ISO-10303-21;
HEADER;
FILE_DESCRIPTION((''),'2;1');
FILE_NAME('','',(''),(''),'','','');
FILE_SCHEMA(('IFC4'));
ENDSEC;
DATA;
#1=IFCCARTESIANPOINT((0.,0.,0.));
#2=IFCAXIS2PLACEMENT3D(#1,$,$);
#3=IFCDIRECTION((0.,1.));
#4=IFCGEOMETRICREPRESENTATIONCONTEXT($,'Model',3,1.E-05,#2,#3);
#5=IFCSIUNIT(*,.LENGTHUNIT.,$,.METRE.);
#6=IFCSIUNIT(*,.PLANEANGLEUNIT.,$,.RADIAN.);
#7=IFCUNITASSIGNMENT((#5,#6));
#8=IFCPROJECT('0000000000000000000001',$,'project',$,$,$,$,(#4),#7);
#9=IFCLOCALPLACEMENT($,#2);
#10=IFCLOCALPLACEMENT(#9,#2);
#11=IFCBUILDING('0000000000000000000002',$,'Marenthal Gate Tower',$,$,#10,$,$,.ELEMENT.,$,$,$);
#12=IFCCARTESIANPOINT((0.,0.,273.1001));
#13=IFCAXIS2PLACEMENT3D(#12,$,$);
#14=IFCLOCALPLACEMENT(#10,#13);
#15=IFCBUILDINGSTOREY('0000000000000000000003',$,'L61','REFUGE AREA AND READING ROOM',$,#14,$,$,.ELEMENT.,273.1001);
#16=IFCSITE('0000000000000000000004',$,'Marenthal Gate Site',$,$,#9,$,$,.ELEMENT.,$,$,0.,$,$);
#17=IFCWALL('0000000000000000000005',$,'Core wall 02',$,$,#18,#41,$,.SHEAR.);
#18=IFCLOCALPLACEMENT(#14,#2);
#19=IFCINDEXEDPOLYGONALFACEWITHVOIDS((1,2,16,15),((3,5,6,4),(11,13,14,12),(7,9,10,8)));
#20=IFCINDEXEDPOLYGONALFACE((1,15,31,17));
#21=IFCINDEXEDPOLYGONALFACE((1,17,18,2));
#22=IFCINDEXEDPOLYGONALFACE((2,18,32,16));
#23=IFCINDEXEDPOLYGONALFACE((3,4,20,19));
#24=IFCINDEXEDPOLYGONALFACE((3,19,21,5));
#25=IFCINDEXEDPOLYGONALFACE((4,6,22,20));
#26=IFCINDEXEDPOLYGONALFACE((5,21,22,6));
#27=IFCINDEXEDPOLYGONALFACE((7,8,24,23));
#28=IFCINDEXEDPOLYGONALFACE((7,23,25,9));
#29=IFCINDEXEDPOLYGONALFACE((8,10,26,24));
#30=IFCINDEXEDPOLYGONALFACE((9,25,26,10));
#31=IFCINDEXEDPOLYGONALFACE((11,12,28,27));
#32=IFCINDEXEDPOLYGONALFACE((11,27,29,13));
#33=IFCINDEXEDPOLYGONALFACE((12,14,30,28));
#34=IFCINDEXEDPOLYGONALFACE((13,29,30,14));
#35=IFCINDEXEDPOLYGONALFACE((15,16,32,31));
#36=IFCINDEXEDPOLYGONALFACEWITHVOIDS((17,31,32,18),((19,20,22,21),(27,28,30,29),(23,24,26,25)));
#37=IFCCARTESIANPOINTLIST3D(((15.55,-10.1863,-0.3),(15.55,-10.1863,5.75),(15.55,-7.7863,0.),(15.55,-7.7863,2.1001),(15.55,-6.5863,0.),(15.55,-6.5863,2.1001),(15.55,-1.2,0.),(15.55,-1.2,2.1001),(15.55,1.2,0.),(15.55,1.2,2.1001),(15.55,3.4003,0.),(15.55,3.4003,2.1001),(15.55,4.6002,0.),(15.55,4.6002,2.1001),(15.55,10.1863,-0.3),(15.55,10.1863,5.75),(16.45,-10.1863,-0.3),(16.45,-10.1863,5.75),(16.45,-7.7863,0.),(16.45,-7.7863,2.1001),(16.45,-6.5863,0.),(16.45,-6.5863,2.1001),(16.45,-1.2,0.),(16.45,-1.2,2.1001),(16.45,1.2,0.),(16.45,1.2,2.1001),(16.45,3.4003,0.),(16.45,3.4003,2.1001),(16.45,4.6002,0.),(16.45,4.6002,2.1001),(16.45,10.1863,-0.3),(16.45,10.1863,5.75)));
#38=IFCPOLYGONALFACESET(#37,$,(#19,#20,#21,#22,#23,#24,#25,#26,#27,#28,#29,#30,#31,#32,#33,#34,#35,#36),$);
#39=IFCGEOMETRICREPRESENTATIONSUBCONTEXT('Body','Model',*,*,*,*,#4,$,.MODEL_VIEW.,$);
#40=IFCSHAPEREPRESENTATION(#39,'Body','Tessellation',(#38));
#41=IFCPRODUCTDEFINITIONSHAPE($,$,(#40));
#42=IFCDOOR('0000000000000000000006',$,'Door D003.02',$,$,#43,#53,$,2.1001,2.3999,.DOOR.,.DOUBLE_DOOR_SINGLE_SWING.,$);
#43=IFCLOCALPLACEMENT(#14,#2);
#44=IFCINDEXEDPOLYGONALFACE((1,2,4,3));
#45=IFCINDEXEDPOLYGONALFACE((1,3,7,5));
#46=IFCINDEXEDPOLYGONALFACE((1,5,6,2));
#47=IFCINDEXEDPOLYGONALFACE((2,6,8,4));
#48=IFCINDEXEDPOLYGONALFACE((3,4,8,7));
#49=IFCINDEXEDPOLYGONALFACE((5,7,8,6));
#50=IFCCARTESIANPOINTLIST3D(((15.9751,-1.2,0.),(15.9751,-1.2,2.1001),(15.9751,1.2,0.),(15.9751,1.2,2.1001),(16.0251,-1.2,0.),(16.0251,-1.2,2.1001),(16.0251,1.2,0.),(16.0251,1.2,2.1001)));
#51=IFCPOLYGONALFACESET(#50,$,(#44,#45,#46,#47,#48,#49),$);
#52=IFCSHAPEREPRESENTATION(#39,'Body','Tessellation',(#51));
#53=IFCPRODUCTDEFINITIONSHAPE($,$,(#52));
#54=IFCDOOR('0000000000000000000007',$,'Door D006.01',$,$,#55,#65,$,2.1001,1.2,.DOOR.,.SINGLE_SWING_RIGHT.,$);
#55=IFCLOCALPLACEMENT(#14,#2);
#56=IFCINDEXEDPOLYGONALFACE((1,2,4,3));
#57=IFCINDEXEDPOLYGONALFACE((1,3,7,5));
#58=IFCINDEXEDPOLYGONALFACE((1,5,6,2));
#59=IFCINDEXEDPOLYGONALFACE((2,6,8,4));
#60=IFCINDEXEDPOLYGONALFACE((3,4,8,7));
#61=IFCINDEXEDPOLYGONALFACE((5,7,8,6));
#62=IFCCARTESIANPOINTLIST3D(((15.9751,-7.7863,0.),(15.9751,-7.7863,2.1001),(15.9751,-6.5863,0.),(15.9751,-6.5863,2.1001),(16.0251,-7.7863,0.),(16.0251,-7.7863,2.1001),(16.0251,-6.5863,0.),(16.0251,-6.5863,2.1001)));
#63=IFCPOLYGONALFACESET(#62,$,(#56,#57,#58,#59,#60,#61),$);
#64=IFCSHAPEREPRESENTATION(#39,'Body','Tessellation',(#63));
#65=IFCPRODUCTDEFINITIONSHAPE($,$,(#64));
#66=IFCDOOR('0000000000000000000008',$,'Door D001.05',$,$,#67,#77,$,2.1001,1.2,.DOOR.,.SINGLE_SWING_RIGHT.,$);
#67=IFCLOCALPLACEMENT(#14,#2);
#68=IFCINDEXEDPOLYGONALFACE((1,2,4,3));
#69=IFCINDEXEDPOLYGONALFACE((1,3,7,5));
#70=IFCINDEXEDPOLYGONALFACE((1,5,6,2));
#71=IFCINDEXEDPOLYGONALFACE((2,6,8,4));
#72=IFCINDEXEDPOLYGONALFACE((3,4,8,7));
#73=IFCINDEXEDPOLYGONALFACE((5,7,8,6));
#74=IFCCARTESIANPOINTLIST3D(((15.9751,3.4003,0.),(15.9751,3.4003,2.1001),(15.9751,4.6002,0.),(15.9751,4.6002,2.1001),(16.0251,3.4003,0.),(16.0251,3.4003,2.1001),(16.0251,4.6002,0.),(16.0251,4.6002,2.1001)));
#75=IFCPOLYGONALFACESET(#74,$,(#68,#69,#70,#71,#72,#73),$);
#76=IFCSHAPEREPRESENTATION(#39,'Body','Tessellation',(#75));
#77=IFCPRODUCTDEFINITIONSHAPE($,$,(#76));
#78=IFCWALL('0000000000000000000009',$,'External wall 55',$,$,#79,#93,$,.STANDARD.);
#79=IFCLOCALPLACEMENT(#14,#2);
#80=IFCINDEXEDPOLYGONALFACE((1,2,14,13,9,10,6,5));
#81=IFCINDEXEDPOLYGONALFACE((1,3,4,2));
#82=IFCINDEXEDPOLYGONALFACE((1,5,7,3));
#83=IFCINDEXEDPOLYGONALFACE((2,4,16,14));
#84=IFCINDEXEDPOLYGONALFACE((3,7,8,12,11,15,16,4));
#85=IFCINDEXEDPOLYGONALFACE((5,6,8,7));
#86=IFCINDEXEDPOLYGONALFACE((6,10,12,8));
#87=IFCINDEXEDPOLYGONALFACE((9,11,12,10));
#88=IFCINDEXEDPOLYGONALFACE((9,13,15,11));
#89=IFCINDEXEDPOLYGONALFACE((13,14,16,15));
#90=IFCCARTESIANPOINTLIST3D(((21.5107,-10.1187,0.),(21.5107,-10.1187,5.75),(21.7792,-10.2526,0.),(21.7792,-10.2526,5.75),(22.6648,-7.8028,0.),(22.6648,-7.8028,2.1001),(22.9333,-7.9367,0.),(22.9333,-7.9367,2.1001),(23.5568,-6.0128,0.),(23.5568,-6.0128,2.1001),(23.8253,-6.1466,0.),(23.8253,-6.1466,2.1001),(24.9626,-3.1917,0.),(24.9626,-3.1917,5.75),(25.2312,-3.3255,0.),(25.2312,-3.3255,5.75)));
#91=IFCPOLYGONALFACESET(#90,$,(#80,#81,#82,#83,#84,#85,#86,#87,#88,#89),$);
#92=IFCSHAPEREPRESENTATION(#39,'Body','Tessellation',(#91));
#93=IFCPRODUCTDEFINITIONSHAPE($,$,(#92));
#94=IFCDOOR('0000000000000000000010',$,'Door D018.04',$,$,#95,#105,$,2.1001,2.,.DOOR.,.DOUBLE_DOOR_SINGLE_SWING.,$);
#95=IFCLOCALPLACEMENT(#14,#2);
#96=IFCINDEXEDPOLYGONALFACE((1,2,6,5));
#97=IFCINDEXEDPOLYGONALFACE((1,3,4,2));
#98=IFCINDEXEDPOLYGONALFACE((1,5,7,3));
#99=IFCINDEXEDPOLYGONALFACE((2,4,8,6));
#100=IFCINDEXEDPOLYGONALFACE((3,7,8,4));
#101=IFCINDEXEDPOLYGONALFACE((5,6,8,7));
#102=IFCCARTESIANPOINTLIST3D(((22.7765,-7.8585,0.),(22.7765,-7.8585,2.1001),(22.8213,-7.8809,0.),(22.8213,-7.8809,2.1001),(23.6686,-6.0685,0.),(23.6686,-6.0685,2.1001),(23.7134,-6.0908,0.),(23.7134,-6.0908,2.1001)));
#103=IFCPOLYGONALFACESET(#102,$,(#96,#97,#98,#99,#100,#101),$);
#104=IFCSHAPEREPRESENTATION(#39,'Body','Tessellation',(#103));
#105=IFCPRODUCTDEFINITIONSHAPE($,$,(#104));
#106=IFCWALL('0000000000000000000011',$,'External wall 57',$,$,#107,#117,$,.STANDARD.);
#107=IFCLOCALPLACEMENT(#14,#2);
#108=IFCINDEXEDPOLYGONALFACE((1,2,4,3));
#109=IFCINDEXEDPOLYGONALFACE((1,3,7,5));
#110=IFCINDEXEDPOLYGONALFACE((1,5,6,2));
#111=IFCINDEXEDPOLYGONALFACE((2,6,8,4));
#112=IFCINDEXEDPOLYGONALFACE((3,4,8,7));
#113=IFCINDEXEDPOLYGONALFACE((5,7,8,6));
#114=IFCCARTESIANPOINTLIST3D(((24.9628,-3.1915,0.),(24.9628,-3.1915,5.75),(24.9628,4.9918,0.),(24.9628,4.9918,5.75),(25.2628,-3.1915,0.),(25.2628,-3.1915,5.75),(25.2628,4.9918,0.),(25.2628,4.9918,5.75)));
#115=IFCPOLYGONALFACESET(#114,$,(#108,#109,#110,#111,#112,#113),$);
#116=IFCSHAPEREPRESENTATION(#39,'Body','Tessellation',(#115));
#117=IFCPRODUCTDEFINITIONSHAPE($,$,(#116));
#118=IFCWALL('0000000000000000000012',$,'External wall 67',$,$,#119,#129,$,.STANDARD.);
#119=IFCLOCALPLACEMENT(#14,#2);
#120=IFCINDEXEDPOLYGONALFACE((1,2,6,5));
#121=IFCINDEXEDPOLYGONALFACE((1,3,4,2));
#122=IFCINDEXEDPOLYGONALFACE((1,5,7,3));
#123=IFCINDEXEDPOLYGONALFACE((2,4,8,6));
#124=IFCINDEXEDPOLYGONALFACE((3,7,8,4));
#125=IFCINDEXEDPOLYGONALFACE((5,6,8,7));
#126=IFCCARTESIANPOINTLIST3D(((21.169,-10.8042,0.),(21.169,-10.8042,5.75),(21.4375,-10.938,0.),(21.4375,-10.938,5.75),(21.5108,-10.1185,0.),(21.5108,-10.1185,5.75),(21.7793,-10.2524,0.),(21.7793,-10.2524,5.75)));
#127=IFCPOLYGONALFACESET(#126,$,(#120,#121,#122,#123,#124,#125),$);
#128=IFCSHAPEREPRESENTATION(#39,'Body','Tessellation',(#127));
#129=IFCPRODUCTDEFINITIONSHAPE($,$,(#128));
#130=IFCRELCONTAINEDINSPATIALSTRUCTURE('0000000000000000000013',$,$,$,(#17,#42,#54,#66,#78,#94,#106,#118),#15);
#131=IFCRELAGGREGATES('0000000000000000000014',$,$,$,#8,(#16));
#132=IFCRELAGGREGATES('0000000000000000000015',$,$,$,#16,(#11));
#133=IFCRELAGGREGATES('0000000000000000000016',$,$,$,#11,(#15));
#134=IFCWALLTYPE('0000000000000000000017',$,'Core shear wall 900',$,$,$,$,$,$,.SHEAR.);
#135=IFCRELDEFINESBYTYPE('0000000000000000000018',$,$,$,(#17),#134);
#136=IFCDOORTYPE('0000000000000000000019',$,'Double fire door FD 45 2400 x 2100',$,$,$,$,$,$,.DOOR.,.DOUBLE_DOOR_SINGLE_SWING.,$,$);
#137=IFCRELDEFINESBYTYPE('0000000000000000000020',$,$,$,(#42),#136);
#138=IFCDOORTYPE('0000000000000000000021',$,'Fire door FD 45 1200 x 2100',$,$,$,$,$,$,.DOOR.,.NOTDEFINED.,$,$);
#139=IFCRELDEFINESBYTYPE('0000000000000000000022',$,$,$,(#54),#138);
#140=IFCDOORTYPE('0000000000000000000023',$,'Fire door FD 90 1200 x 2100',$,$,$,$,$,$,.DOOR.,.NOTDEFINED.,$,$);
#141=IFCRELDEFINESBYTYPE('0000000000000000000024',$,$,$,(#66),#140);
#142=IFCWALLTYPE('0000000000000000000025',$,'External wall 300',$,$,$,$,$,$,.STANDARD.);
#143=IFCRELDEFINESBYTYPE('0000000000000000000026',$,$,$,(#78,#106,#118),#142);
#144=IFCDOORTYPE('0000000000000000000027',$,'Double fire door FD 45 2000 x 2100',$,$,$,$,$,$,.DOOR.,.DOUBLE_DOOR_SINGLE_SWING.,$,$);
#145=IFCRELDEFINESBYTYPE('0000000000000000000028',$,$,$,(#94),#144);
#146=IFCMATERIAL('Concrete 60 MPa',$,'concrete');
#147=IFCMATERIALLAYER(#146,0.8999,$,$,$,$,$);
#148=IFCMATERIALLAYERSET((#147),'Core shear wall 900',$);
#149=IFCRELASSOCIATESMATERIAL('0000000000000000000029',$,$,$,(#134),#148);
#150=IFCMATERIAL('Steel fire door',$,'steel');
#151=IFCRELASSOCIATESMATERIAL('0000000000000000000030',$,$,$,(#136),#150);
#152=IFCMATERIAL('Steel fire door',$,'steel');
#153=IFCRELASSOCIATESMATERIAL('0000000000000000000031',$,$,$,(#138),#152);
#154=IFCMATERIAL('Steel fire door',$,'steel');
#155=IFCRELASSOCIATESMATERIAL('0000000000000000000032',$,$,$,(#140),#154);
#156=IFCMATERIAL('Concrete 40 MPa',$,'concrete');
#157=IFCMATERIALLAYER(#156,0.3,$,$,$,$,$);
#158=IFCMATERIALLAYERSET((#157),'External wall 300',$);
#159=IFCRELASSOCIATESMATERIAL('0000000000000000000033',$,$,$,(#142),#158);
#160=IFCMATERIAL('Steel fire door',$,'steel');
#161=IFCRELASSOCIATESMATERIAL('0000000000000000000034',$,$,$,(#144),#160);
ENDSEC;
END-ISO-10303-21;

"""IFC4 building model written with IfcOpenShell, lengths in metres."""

from ifc_helpers import new_model, si_unit, direction, frame, frame_2d, origin, place, context, subcontext, project, spatial, rectangle, extrude, material, layer, layer_set, type_object, element, fill, save


model = new_model("IFC4")

# Units and contexts
model_context = context("Model", 3, precision=1e-05, world=origin(), true_north=direction((0.0, 1.0)))
body_context = subcontext(model_context, "Body", "Model", "MODEL_VIEW")
ifc_project = project(units=[si_unit("LENGTHUNIT", "METRE"), si_unit("PLANEANGLEUNIT", "RADIAN")], contexts=[model_context])

# Site, building, storey
site_placement = place(None, origin())
site = spatial("IfcSite", under=ifc_project, at=site_placement, Name="Marenthal Gate Site", CompositionType="ELEMENT", RefElevation=0.0)
building_placement = place(site_placement, origin())
building = spatial("IfcBuilding", under=site, at=building_placement, Name="Marenthal Gate Tower", CompositionType="ELEMENT")
storey_placement = place(building_placement, frame((0.0, 0.0, 273.1001)))
storey = spatial("IfcBuildingStorey", under=building, at=storey_placement, Name="L61", Description="REFUGE AREA AND READING ROOM", CompositionType="ELEMENT", Elevation=273.1001)

# Wall, openings, doors
ifc_material_1 = material(Name="Concrete 60 MPa", Category="concrete")
ifc_layer_1 = layer(ifc_material_1, 0.8999)
ifc_layer_set_1 = layer_set([ifc_layer_1], Name="Core shear wall 900")
wall_type_1 = type_object("IfcWallType", Name="Core shear wall 900", PredefinedType="SHEAR", material=ifc_layer_set_1)
wall_1_placement = place(storey_placement, frame((16.0, -10.1863, -0.3), z_axis=(0.0, 0.0, 1.0), x_axis=(0.0, 1.0, 0.0)))
wall_1 = element("IfcWall", 1, at=wall_1_placement, inside=storey, type_object=wall_type_1, Name="Core wall 02", PredefinedType="SHEAR", context=body_context, shape_type="SweptSolid", body=[
    extrude(rectangle(XDim=20.3726, YDim=0.8999, at=frame_2d((10.1863, 0.0))), origin(), (0.0, 0.0, 1.0), 6.05),
])
opening_1_placement = place(wall_1_placement, frame((8.9863, 0.0, 0.3)))
opening_1 = element("IfcOpeningElement", 2, at=opening_1_placement, cuts=wall_1, PredefinedType="OPENING", context=body_context, shape_type="SweptSolid", body=[
    extrude(rectangle(XDim=2.3999, YDim=2.1001, at=frame_2d((1.2, 1.05))), frame((0.0, 0.46, 0.0), z_axis=(0.0, -1.0, 0.0), x_axis=(1.0, 0.0, 0.0)), (0.0, 0.0, 1.0), 0.9199),
])
opening_2_placement = place(wall_1_placement, frame((13.5864, 0.0, 0.3)))
opening_2 = element("IfcOpeningElement", 3, at=opening_2_placement, cuts=wall_1, PredefinedType="OPENING", context=body_context, shape_type="SweptSolid", body=[
    extrude(rectangle(XDim=1.2, YDim=2.1001, at=frame_2d((0.6001, 1.05))), frame((0.0, 0.46, 0.0), z_axis=(0.0, -1.0, 0.0), x_axis=(1.0, 0.0, 0.0)), (0.0, 0.0, 1.0), 0.9199),
])
opening_3_placement = place(wall_1_placement, frame((2.3999, 0.0, 0.3)))
opening_3 = element("IfcOpeningElement", 4, at=opening_3_placement, cuts=wall_1, PredefinedType="OPENING", context=body_context, shape_type="SweptSolid", body=[
    extrude(rectangle(XDim=1.2, YDim=2.1001, at=frame_2d((0.6001, 1.05))), frame((0.0, 0.46, 0.0), z_axis=(0.0, -1.0, 0.0), x_axis=(1.0, 0.0, 0.0)), (0.0, 0.0, 1.0), 0.9199),
])
ifc_material_2 = material(Name="Steel fire door", Category="steel")
door_type_1 = type_object("IfcDoorType", Name="Double fire door FD 45 2400 x 2100", OperationType="DOUBLE_DOOR_SINGLE_SWING", PredefinedType="DOOR", material=ifc_material_2)
door_1_placement = place(opening_1_placement, origin())
door_1 = element("IfcDoor", 5, at=door_1_placement, inside=storey, type_object=door_type_1, Name="Door D003.02", OperationType="DOUBLE_DOOR_SINGLE_SWING", OverallHeight=2.1001, OverallWidth=2.3999, PredefinedType="DOOR", context=body_context, shape_type="SweptSolid", body=[
    extrude(rectangle(XDim=2.3999, YDim=2.1001, at=frame_2d((1.2, 1.05))), frame((0.0, 0.0249, 0.0), z_axis=(0.0, -1.0, 0.0), x_axis=(1.0, 0.0, 0.0)), (0.0, 0.0, 1.0), 0.05),
])
fill(opening_1, door_1)
ifc_material_3 = material(Name="Steel fire door", Category="steel")
door_type_2 = type_object("IfcDoorType", Name="Fire door FD 45 1200 x 2100", OperationType="NOTDEFINED", PredefinedType="DOOR", material=ifc_material_3)
door_2_placement = place(opening_3_placement, origin())
door_2 = element("IfcDoor", 6, at=door_2_placement, inside=storey, type_object=door_type_2, Name="Door D006.01", OperationType="SINGLE_SWING_RIGHT", OverallHeight=2.1001, OverallWidth=1.2, PredefinedType="DOOR", context=body_context, shape_type="SweptSolid", body=[
    extrude(rectangle(XDim=1.2, YDim=2.1001, at=frame_2d((0.6001, 1.05))), frame((0.0, 0.0249, 0.0), z_axis=(0.0, -1.0, 0.0), x_axis=(1.0, 0.0, 0.0)), (0.0, 0.0, 1.0), 0.05),
])
fill(opening_3, door_2)
ifc_material_4 = material(Name="Steel fire door", Category="steel")
door_type_3 = type_object("IfcDoorType", Name="Fire door FD 90 1200 x 2100", OperationType="NOTDEFINED", PredefinedType="DOOR", material=ifc_material_4)
door_3_placement = place(opening_2_placement, origin())
door_3 = element("IfcDoor", 7, at=door_3_placement, inside=storey, type_object=door_type_3, Name="Door D001.05", OperationType="SINGLE_SWING_RIGHT", OverallHeight=2.1001, OverallWidth=1.2, PredefinedType="DOOR", context=body_context, shape_type="SweptSolid", body=[
    extrude(rectangle(XDim=1.2, YDim=2.1001, at=frame_2d((0.6001, 1.05))), frame((0.0, 0.0249, 0.0), z_axis=(0.0, -1.0, 0.0), x_axis=(1.0, 0.0, 0.0)), (0.0, 0.0, 1.0), 0.05),
])
fill(opening_2, door_3)

# Wall, opening, door
ifc_material_5 = material(Name="Concrete 40 MPa", Category="concrete")
ifc_layer_2 = layer(ifc_material_5, 0.3)
ifc_layer_set_2 = layer_set([ifc_layer_2], Name="External wall 300")
wall_type_2 = type_object("IfcWallType", Name="External wall 300", PredefinedType="STANDARD", material=ifc_layer_set_2)
wall_2_placement = place(storey_placement, frame((21.645, -10.1855, 0.0), z_axis=(0.0, 0.0, 1.0), x_axis=(0.446014, 0.895026, 0.0)))
wall_2 = element("IfcWall", 8, at=wall_2_placement, inside=storey, type_object=wall_type_2, Name="External wall 55", PredefinedType="STANDARD", context=body_context, shape_type="SweptSolid", body=[
    extrude(rectangle(XDim=7.7395, YDim=0.3, at=frame_2d((3.8696, 0.0))), origin(), (0.0, 0.0, 1.0), 5.75),
])
opening_4_placement = place(wall_2_placement, frame((2.5874, 0.0, 0.0)))
opening_4 = element("IfcOpeningElement", 9, at=opening_4_placement, cuts=wall_2, PredefinedType="OPENING", context=body_context, shape_type="SweptSolid", body=[
    extrude(rectangle(XDim=2.0, YDim=2.1001, at=frame_2d((1.0, 1.05))), frame((0.0, 0.1602, 0.0), z_axis=(0.0, -1.0, 0.0), x_axis=(1.0, 0.0, 0.0)), (0.0, 0.0, 1.0), 0.3201),
])
ifc_material_6 = material(Name="Steel fire door", Category="steel")
door_type_4 = type_object("IfcDoorType", Name="Double fire door FD 45 2000 x 2100", OperationType="DOUBLE_DOOR_SINGLE_SWING", PredefinedType="DOOR", material=ifc_material_6)
door_4_placement = place(opening_4_placement, frame((2.0, 0.0, 0.0), z_axis=(0.0, 0.0, 1.0), x_axis=(-1.0, 0.0, 0.0)))
door_4 = element("IfcDoor", 10, at=door_4_placement, inside=storey, type_object=door_type_4, Name="Door D018.04", OperationType="DOUBLE_DOOR_SINGLE_SWING", OverallHeight=2.1001, OverallWidth=2.0, PredefinedType="DOOR", context=body_context, shape_type="SweptSolid", body=[
    extrude(rectangle(XDim=2.0, YDim=2.1001, at=frame_2d((1.0, 1.05))), frame((0.0, 0.0249, 0.0), z_axis=(0.0, -1.0, 0.0), x_axis=(1.0, 0.0, 0.0)), (0.0, 0.0, 1.0), 0.05),
])
fill(opening_4, door_4)

# Walls
wall_3_placement = place(storey_placement, frame((25.1128, -3.1917, 0.0), z_axis=(0.0, 0.0, 1.0), x_axis=(0.0, 1.0, 0.0)))
element("IfcWall", 11, at=wall_3_placement, inside=storey, type_object=wall_type_2, Name="External wall 57", PredefinedType="STANDARD", context=body_context, shape_type="SweptSolid", body=[
    extrude(rectangle(XDim=8.1833, YDim=0.3, at=frame_2d((4.0918, 0.0))), origin(), (0.0, 0.0, 1.0), 5.75),
])
wall_4_placement = place(storey_placement, frame((21.3032, -10.8711, 0.0), z_axis=(0.0, 0.0, 1.0), x_axis=(0.446193, 0.894937, 0.0)))
element("IfcWall", 12, at=wall_4_placement, inside=storey, type_object=wall_type_2, Name="External wall 67", PredefinedType="STANDARD", context=body_context, shape_type="SweptSolid", body=[
    extrude(rectangle(XDim=0.7661, YDim=0.3, at=frame_2d((0.3831, 0.0))), origin(), (0.0, 0.0, 1.0), 5.75),
])

save(model, "model.ifc")
